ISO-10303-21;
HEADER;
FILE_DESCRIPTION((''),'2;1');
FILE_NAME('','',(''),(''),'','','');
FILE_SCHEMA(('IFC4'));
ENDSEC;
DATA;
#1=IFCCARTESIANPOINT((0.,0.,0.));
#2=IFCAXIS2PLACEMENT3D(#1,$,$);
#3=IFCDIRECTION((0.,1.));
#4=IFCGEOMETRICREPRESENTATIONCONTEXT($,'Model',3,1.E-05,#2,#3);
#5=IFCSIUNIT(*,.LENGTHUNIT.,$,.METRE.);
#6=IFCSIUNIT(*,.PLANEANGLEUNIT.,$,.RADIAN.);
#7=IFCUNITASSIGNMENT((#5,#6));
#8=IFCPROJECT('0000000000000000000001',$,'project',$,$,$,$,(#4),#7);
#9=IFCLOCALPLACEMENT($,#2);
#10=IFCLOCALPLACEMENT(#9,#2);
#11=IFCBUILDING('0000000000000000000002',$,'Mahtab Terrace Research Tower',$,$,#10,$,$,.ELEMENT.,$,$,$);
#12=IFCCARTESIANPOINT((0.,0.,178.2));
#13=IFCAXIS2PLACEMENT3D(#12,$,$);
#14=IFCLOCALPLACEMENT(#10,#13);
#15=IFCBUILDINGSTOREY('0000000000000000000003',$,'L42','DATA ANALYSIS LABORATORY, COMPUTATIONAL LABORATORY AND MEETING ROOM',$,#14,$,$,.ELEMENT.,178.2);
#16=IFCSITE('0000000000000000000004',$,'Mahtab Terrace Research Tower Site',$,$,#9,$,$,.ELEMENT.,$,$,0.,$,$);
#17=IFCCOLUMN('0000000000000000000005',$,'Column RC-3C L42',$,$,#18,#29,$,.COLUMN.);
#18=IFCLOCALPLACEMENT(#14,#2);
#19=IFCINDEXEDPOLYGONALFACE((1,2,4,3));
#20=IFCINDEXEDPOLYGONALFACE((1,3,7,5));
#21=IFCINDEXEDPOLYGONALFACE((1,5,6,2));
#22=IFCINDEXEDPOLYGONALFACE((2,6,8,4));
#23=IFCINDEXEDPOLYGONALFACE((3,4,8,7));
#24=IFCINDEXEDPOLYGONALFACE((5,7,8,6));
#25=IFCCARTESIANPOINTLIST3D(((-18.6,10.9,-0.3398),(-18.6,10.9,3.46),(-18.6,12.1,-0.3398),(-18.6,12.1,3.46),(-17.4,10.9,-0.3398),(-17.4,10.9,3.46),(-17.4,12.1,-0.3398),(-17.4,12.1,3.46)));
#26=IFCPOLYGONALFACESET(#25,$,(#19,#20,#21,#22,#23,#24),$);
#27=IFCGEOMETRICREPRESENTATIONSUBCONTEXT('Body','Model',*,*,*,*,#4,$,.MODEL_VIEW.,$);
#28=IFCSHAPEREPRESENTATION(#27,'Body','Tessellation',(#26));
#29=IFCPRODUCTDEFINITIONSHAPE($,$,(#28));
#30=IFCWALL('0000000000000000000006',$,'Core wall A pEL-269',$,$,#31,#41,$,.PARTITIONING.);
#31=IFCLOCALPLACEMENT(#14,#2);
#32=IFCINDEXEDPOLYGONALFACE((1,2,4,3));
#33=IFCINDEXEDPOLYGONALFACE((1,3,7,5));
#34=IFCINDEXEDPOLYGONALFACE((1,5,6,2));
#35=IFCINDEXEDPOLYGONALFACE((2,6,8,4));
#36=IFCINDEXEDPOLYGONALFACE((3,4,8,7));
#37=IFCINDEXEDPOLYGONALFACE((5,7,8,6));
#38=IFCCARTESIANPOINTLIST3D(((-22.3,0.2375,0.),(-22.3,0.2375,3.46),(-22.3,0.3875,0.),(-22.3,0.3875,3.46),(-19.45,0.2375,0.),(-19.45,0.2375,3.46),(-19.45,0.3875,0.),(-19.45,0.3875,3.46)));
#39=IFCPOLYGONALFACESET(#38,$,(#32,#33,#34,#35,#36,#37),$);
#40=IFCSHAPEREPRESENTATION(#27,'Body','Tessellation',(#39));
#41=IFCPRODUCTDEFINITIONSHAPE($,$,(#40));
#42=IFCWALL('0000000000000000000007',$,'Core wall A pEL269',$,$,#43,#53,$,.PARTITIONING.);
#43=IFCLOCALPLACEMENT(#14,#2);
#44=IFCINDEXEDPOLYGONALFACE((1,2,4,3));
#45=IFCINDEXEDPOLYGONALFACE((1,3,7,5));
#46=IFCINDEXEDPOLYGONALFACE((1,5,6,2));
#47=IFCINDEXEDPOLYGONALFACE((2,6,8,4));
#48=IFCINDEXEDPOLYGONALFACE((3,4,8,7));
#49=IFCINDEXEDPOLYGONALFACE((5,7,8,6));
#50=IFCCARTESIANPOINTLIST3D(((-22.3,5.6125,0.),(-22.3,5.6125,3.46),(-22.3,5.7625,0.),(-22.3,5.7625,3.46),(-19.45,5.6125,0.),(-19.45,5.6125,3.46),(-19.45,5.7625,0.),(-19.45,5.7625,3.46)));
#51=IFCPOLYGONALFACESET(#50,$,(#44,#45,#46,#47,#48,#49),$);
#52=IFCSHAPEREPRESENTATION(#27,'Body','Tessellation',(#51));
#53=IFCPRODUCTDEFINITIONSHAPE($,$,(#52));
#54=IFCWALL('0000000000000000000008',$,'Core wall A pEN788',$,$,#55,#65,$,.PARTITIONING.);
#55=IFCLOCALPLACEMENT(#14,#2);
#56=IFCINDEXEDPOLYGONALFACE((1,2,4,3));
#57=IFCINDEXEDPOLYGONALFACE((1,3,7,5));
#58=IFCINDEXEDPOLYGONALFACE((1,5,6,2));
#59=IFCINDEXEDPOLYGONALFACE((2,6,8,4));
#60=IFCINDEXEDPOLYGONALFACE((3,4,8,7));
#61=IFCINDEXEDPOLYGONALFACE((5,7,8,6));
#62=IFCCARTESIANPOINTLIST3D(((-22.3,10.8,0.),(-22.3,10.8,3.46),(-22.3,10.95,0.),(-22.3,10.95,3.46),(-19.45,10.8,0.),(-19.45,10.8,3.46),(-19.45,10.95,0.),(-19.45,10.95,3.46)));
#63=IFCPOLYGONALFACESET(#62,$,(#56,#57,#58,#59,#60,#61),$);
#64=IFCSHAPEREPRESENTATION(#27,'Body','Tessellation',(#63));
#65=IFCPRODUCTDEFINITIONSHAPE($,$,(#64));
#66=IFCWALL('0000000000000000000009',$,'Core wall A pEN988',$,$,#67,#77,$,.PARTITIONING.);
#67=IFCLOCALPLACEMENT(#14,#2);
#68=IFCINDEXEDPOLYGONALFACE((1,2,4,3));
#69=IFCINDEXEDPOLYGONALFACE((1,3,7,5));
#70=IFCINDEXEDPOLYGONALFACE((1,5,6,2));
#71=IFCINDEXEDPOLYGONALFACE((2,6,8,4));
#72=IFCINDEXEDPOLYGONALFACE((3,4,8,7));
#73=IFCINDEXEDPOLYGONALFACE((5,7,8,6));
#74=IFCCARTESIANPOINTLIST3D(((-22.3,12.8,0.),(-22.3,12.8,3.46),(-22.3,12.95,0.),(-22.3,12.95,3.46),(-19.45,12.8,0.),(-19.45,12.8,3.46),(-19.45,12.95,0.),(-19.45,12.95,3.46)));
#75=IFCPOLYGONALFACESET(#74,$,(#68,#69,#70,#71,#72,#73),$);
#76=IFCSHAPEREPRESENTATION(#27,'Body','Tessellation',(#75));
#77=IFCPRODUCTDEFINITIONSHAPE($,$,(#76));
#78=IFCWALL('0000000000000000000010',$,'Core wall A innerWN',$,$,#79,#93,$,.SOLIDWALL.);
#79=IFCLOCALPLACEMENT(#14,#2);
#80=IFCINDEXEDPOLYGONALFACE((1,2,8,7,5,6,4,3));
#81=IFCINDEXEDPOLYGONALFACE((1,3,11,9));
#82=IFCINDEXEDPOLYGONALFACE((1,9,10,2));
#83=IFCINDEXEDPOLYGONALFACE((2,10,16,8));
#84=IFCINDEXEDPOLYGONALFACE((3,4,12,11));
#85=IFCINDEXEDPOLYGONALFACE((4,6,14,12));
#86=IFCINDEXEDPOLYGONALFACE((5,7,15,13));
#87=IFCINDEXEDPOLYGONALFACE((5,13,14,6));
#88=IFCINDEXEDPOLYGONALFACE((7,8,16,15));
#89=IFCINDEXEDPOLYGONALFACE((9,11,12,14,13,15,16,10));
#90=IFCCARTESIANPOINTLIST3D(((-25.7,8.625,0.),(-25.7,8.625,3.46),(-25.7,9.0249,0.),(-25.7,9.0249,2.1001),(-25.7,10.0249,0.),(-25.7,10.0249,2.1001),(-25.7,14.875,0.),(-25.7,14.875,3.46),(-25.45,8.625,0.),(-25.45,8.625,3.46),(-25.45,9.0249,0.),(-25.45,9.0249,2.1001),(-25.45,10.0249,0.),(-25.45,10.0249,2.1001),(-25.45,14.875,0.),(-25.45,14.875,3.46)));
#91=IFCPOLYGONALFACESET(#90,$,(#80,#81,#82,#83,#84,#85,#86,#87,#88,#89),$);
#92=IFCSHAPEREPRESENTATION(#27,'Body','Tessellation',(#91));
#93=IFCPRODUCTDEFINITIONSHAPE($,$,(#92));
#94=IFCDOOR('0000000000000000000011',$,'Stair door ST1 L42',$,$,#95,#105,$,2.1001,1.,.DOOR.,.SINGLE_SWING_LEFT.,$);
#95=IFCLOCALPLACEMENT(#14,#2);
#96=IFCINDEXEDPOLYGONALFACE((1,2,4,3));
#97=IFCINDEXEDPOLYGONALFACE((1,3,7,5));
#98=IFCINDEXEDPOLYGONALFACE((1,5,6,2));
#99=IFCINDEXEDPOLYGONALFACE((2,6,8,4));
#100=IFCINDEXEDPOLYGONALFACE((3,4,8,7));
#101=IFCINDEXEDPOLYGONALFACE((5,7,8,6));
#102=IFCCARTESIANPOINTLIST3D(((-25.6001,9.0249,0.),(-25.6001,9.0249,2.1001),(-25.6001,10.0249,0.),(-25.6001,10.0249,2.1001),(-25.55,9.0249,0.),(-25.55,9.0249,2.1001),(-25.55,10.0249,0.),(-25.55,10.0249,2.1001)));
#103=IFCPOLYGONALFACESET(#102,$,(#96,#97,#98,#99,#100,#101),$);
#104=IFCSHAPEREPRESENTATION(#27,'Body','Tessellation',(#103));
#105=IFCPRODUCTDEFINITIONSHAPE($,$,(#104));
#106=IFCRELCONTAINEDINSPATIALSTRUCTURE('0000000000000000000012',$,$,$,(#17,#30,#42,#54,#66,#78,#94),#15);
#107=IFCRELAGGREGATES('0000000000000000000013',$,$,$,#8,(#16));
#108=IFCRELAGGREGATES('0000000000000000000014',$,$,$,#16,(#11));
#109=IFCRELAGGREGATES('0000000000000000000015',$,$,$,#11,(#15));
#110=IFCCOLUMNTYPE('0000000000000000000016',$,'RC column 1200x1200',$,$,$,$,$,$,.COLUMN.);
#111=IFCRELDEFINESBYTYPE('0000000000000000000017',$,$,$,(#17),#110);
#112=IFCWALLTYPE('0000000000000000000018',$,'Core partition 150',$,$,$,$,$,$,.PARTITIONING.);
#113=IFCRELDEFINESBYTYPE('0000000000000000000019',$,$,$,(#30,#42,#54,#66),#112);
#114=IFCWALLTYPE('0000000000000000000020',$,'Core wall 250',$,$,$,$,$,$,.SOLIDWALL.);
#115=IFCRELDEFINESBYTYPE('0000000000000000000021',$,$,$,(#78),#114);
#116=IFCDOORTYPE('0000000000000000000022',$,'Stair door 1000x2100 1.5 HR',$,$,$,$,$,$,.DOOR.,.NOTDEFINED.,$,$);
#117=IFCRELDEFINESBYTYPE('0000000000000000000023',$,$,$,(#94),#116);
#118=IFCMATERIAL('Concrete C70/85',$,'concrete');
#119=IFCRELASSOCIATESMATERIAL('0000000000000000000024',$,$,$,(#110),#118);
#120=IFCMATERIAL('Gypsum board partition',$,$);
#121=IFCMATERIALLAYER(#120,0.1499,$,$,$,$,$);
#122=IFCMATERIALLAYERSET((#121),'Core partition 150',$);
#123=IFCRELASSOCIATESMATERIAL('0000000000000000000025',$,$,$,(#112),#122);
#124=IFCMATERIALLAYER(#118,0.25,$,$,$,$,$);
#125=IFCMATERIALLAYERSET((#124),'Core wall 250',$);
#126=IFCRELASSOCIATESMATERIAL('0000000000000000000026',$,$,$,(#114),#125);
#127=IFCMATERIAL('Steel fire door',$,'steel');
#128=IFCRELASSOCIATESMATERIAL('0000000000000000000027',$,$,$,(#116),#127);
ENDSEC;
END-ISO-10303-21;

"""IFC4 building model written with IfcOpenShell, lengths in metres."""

from ifc_helpers import new_model, si_unit, direction, frame, frame_2d, origin, origin_2d, place, context, subcontext, project, spatial, rectangle, extrude, material, layer, layer_set, material_profile, profile_set, type_object, element, fill, save


model = new_model("IFC4")

# Units and contexts
model_context = context("Model", 3, precision=1e-05, world=origin(), true_north=direction((0.0, 1.0)))
body_context = subcontext(model_context, "Body", "Model", "MODEL_VIEW")
ifc_project = project(units=[si_unit("LENGTHUNIT", "METRE"), si_unit("PLANEANGLEUNIT", "RADIAN")], contexts=[model_context])

# Site, building, storey
site_placement = place(None, origin())
site = spatial("IfcSite", under=ifc_project, at=site_placement, Name="Mahtab Terrace Research Tower Site", CompositionType="ELEMENT", RefElevation=0.0)
building_placement = place(site_placement, origin())
building = spatial("IfcBuilding", under=site, at=building_placement, Name="Mahtab Terrace Research Tower", CompositionType="ELEMENT")
storey_placement = place(building_placement, frame((0.0, 0.0, 178.2)))
storey = spatial("IfcBuildingStorey", under=building, at=storey_placement, Name="L42", Description="DATA ANALYSIS LABORATORY, COMPUTATIONAL LABORATORY AND MEETING ROOM", CompositionType="ELEMENT", Elevation=178.2)

# Column
ifc_material_1 = material(Name="Concrete C70/85", Category="concrete")
ifc_material_profile = material_profile(ifc_material_1, rectangle(XDim=1.2, YDim=1.2, at=origin_2d()), Name="RC column 1200x1200")
ifc_profile_set = profile_set([ifc_material_profile], Name="Concrete C70/85")
column_type = type_object("IfcColumnType", Name="RC column 1200x1200", PredefinedType="COLUMN", material=ifc_profile_set)
column_placement = place(storey_placement, frame((-18.0, 11.5, -0.3398), z_axis=(0.0, 0.0, 1.0), x_axis=(1.0, 0.0, 0.0)))
element("IfcColumn", 1, at=column_placement, inside=storey, type_object=column_type, Name="Column RC-3C L42", PredefinedType="COLUMN", context=body_context, shape_type="SweptSolid", body=[
    extrude(rectangle(XDim=1.2, YDim=1.2, at=origin_2d()), origin(), (0.0, 0.0, 1.0), 3.7998),
])

# Walls
ifc_material_2 = material(Name="Gypsum board partition")
ifc_layer_1 = layer(ifc_material_2, 0.1499)
ifc_layer_set_1 = layer_set([ifc_layer_1], Name="Core partition 150")
wall_type_1 = type_object("IfcWallType", Name="Core partition 150", PredefinedType="PARTITIONING", material=ifc_layer_set_1)
for number, where, z_axis, x_axis, name in (
    (2, (-22.3, 0.3125, 0.0), (0.0, 0.0, 1.0), (1.0, 0.0, 0.0), "Core wall A pEL-269"),
    (3, (-22.3, 5.6875, 0.0), (0.0, 0.0, 1.0), (1.0, 0.0, 0.0), "Core wall A pEL269"),
    (4, (-22.3, 10.875, 0.0), (0.0, 0.0, 1.0), (1.0, 0.0, 0.0), "Core wall A pEN788"),
    (5, (-22.3, 12.875, 0.0), (0.0, 0.0, 1.0), (1.0, 0.0, 0.0), "Core wall A pEN988"),
):
    element("IfcWall", number, at=place(storey_placement, frame(where, z_axis=z_axis, x_axis=x_axis)), inside=storey, type_object=wall_type_1, Name=name, PredefinedType="PARTITIONING", context=body_context, shape_type="SweptSolid", body=[
        extrude(rectangle(XDim=2.8501, YDim=0.1499, at=frame_2d((1.425, 0.0))), origin(), (0.0, 0.0, 1.0), 3.46),
    ])

# Wall, opening, door
ifc_layer_2 = layer(ifc_material_1, 0.25)
ifc_layer_set_2 = layer_set([ifc_layer_2], Name="Core wall 250")
wall_type_2 = type_object("IfcWallType", Name="Core wall 250", PredefinedType="SOLIDWALL", material=ifc_layer_set_2)
wall_1_placement = place(storey_placement, frame((-25.575, 14.875, 0.0), z_axis=(0.0, 0.0, 1.0), x_axis=(0.0, -1.0, 0.0)))
wall_1 = element("IfcWall", 6, at=wall_1_placement, inside=storey, type_object=wall_type_2, Name="Core wall A innerWN", PredefinedType="SOLIDWALL", context=body_context, shape_type="SweptSolid", body=[
    extrude(rectangle(XDim=6.25, YDim=0.25, at=frame_2d((3.125, 0.0))), origin(), (0.0, 0.0, 1.0), 3.46),
])
opening_1_placement = place(wall_1_placement, frame((4.8501, 0.0, 0.0)))
opening_1 = element("IfcOpeningElement", 7, at=opening_1_placement, cuts=wall_1, PredefinedType="OPENING", context=body_context, shape_type="SweptSolid", body=[
    extrude(rectangle(XDim=1.0, YDim=2.1001, at=frame_2d((0.5, 1.05))), frame((0.0, 0.135, 0.0), z_axis=(0.0, -1.0, 0.0), x_axis=(1.0, 0.0, 0.0)), (0.0, 0.0, 1.0), 0.27),
])
ifc_material_3 = material(Name="Steel fire door", Category="steel")
door_type_1 = type_object("IfcDoorType", Name="Stair door 1000x2100 1.5 HR", OperationType="NOTDEFINED", PredefinedType="DOOR", material=ifc_material_3)
door_1_placement = place(opening_1_placement, origin())
door_1 = element("IfcDoor", 8, at=door_1_placement, inside=storey, type_object=door_type_1, Name="Stair door ST1 L42", OperationType="SINGLE_SWING_LEFT", OverallHeight=2.1001, OverallWidth=1.0, PredefinedType="DOOR", context=body_context, shape_type="SweptSolid", body=[
    extrude(rectangle(XDim=1.0, YDim=2.1001, at=frame_2d((0.5, 1.05))), frame((0.0, 0.0249, 0.0), z_axis=(0.0, -1.0, 0.0), x_axis=(1.0, 0.0, 0.0)), (0.0, 0.0, 1.0), 0.05),
])
fill(opening_1, door_1)

save(model, "model.ifc")
